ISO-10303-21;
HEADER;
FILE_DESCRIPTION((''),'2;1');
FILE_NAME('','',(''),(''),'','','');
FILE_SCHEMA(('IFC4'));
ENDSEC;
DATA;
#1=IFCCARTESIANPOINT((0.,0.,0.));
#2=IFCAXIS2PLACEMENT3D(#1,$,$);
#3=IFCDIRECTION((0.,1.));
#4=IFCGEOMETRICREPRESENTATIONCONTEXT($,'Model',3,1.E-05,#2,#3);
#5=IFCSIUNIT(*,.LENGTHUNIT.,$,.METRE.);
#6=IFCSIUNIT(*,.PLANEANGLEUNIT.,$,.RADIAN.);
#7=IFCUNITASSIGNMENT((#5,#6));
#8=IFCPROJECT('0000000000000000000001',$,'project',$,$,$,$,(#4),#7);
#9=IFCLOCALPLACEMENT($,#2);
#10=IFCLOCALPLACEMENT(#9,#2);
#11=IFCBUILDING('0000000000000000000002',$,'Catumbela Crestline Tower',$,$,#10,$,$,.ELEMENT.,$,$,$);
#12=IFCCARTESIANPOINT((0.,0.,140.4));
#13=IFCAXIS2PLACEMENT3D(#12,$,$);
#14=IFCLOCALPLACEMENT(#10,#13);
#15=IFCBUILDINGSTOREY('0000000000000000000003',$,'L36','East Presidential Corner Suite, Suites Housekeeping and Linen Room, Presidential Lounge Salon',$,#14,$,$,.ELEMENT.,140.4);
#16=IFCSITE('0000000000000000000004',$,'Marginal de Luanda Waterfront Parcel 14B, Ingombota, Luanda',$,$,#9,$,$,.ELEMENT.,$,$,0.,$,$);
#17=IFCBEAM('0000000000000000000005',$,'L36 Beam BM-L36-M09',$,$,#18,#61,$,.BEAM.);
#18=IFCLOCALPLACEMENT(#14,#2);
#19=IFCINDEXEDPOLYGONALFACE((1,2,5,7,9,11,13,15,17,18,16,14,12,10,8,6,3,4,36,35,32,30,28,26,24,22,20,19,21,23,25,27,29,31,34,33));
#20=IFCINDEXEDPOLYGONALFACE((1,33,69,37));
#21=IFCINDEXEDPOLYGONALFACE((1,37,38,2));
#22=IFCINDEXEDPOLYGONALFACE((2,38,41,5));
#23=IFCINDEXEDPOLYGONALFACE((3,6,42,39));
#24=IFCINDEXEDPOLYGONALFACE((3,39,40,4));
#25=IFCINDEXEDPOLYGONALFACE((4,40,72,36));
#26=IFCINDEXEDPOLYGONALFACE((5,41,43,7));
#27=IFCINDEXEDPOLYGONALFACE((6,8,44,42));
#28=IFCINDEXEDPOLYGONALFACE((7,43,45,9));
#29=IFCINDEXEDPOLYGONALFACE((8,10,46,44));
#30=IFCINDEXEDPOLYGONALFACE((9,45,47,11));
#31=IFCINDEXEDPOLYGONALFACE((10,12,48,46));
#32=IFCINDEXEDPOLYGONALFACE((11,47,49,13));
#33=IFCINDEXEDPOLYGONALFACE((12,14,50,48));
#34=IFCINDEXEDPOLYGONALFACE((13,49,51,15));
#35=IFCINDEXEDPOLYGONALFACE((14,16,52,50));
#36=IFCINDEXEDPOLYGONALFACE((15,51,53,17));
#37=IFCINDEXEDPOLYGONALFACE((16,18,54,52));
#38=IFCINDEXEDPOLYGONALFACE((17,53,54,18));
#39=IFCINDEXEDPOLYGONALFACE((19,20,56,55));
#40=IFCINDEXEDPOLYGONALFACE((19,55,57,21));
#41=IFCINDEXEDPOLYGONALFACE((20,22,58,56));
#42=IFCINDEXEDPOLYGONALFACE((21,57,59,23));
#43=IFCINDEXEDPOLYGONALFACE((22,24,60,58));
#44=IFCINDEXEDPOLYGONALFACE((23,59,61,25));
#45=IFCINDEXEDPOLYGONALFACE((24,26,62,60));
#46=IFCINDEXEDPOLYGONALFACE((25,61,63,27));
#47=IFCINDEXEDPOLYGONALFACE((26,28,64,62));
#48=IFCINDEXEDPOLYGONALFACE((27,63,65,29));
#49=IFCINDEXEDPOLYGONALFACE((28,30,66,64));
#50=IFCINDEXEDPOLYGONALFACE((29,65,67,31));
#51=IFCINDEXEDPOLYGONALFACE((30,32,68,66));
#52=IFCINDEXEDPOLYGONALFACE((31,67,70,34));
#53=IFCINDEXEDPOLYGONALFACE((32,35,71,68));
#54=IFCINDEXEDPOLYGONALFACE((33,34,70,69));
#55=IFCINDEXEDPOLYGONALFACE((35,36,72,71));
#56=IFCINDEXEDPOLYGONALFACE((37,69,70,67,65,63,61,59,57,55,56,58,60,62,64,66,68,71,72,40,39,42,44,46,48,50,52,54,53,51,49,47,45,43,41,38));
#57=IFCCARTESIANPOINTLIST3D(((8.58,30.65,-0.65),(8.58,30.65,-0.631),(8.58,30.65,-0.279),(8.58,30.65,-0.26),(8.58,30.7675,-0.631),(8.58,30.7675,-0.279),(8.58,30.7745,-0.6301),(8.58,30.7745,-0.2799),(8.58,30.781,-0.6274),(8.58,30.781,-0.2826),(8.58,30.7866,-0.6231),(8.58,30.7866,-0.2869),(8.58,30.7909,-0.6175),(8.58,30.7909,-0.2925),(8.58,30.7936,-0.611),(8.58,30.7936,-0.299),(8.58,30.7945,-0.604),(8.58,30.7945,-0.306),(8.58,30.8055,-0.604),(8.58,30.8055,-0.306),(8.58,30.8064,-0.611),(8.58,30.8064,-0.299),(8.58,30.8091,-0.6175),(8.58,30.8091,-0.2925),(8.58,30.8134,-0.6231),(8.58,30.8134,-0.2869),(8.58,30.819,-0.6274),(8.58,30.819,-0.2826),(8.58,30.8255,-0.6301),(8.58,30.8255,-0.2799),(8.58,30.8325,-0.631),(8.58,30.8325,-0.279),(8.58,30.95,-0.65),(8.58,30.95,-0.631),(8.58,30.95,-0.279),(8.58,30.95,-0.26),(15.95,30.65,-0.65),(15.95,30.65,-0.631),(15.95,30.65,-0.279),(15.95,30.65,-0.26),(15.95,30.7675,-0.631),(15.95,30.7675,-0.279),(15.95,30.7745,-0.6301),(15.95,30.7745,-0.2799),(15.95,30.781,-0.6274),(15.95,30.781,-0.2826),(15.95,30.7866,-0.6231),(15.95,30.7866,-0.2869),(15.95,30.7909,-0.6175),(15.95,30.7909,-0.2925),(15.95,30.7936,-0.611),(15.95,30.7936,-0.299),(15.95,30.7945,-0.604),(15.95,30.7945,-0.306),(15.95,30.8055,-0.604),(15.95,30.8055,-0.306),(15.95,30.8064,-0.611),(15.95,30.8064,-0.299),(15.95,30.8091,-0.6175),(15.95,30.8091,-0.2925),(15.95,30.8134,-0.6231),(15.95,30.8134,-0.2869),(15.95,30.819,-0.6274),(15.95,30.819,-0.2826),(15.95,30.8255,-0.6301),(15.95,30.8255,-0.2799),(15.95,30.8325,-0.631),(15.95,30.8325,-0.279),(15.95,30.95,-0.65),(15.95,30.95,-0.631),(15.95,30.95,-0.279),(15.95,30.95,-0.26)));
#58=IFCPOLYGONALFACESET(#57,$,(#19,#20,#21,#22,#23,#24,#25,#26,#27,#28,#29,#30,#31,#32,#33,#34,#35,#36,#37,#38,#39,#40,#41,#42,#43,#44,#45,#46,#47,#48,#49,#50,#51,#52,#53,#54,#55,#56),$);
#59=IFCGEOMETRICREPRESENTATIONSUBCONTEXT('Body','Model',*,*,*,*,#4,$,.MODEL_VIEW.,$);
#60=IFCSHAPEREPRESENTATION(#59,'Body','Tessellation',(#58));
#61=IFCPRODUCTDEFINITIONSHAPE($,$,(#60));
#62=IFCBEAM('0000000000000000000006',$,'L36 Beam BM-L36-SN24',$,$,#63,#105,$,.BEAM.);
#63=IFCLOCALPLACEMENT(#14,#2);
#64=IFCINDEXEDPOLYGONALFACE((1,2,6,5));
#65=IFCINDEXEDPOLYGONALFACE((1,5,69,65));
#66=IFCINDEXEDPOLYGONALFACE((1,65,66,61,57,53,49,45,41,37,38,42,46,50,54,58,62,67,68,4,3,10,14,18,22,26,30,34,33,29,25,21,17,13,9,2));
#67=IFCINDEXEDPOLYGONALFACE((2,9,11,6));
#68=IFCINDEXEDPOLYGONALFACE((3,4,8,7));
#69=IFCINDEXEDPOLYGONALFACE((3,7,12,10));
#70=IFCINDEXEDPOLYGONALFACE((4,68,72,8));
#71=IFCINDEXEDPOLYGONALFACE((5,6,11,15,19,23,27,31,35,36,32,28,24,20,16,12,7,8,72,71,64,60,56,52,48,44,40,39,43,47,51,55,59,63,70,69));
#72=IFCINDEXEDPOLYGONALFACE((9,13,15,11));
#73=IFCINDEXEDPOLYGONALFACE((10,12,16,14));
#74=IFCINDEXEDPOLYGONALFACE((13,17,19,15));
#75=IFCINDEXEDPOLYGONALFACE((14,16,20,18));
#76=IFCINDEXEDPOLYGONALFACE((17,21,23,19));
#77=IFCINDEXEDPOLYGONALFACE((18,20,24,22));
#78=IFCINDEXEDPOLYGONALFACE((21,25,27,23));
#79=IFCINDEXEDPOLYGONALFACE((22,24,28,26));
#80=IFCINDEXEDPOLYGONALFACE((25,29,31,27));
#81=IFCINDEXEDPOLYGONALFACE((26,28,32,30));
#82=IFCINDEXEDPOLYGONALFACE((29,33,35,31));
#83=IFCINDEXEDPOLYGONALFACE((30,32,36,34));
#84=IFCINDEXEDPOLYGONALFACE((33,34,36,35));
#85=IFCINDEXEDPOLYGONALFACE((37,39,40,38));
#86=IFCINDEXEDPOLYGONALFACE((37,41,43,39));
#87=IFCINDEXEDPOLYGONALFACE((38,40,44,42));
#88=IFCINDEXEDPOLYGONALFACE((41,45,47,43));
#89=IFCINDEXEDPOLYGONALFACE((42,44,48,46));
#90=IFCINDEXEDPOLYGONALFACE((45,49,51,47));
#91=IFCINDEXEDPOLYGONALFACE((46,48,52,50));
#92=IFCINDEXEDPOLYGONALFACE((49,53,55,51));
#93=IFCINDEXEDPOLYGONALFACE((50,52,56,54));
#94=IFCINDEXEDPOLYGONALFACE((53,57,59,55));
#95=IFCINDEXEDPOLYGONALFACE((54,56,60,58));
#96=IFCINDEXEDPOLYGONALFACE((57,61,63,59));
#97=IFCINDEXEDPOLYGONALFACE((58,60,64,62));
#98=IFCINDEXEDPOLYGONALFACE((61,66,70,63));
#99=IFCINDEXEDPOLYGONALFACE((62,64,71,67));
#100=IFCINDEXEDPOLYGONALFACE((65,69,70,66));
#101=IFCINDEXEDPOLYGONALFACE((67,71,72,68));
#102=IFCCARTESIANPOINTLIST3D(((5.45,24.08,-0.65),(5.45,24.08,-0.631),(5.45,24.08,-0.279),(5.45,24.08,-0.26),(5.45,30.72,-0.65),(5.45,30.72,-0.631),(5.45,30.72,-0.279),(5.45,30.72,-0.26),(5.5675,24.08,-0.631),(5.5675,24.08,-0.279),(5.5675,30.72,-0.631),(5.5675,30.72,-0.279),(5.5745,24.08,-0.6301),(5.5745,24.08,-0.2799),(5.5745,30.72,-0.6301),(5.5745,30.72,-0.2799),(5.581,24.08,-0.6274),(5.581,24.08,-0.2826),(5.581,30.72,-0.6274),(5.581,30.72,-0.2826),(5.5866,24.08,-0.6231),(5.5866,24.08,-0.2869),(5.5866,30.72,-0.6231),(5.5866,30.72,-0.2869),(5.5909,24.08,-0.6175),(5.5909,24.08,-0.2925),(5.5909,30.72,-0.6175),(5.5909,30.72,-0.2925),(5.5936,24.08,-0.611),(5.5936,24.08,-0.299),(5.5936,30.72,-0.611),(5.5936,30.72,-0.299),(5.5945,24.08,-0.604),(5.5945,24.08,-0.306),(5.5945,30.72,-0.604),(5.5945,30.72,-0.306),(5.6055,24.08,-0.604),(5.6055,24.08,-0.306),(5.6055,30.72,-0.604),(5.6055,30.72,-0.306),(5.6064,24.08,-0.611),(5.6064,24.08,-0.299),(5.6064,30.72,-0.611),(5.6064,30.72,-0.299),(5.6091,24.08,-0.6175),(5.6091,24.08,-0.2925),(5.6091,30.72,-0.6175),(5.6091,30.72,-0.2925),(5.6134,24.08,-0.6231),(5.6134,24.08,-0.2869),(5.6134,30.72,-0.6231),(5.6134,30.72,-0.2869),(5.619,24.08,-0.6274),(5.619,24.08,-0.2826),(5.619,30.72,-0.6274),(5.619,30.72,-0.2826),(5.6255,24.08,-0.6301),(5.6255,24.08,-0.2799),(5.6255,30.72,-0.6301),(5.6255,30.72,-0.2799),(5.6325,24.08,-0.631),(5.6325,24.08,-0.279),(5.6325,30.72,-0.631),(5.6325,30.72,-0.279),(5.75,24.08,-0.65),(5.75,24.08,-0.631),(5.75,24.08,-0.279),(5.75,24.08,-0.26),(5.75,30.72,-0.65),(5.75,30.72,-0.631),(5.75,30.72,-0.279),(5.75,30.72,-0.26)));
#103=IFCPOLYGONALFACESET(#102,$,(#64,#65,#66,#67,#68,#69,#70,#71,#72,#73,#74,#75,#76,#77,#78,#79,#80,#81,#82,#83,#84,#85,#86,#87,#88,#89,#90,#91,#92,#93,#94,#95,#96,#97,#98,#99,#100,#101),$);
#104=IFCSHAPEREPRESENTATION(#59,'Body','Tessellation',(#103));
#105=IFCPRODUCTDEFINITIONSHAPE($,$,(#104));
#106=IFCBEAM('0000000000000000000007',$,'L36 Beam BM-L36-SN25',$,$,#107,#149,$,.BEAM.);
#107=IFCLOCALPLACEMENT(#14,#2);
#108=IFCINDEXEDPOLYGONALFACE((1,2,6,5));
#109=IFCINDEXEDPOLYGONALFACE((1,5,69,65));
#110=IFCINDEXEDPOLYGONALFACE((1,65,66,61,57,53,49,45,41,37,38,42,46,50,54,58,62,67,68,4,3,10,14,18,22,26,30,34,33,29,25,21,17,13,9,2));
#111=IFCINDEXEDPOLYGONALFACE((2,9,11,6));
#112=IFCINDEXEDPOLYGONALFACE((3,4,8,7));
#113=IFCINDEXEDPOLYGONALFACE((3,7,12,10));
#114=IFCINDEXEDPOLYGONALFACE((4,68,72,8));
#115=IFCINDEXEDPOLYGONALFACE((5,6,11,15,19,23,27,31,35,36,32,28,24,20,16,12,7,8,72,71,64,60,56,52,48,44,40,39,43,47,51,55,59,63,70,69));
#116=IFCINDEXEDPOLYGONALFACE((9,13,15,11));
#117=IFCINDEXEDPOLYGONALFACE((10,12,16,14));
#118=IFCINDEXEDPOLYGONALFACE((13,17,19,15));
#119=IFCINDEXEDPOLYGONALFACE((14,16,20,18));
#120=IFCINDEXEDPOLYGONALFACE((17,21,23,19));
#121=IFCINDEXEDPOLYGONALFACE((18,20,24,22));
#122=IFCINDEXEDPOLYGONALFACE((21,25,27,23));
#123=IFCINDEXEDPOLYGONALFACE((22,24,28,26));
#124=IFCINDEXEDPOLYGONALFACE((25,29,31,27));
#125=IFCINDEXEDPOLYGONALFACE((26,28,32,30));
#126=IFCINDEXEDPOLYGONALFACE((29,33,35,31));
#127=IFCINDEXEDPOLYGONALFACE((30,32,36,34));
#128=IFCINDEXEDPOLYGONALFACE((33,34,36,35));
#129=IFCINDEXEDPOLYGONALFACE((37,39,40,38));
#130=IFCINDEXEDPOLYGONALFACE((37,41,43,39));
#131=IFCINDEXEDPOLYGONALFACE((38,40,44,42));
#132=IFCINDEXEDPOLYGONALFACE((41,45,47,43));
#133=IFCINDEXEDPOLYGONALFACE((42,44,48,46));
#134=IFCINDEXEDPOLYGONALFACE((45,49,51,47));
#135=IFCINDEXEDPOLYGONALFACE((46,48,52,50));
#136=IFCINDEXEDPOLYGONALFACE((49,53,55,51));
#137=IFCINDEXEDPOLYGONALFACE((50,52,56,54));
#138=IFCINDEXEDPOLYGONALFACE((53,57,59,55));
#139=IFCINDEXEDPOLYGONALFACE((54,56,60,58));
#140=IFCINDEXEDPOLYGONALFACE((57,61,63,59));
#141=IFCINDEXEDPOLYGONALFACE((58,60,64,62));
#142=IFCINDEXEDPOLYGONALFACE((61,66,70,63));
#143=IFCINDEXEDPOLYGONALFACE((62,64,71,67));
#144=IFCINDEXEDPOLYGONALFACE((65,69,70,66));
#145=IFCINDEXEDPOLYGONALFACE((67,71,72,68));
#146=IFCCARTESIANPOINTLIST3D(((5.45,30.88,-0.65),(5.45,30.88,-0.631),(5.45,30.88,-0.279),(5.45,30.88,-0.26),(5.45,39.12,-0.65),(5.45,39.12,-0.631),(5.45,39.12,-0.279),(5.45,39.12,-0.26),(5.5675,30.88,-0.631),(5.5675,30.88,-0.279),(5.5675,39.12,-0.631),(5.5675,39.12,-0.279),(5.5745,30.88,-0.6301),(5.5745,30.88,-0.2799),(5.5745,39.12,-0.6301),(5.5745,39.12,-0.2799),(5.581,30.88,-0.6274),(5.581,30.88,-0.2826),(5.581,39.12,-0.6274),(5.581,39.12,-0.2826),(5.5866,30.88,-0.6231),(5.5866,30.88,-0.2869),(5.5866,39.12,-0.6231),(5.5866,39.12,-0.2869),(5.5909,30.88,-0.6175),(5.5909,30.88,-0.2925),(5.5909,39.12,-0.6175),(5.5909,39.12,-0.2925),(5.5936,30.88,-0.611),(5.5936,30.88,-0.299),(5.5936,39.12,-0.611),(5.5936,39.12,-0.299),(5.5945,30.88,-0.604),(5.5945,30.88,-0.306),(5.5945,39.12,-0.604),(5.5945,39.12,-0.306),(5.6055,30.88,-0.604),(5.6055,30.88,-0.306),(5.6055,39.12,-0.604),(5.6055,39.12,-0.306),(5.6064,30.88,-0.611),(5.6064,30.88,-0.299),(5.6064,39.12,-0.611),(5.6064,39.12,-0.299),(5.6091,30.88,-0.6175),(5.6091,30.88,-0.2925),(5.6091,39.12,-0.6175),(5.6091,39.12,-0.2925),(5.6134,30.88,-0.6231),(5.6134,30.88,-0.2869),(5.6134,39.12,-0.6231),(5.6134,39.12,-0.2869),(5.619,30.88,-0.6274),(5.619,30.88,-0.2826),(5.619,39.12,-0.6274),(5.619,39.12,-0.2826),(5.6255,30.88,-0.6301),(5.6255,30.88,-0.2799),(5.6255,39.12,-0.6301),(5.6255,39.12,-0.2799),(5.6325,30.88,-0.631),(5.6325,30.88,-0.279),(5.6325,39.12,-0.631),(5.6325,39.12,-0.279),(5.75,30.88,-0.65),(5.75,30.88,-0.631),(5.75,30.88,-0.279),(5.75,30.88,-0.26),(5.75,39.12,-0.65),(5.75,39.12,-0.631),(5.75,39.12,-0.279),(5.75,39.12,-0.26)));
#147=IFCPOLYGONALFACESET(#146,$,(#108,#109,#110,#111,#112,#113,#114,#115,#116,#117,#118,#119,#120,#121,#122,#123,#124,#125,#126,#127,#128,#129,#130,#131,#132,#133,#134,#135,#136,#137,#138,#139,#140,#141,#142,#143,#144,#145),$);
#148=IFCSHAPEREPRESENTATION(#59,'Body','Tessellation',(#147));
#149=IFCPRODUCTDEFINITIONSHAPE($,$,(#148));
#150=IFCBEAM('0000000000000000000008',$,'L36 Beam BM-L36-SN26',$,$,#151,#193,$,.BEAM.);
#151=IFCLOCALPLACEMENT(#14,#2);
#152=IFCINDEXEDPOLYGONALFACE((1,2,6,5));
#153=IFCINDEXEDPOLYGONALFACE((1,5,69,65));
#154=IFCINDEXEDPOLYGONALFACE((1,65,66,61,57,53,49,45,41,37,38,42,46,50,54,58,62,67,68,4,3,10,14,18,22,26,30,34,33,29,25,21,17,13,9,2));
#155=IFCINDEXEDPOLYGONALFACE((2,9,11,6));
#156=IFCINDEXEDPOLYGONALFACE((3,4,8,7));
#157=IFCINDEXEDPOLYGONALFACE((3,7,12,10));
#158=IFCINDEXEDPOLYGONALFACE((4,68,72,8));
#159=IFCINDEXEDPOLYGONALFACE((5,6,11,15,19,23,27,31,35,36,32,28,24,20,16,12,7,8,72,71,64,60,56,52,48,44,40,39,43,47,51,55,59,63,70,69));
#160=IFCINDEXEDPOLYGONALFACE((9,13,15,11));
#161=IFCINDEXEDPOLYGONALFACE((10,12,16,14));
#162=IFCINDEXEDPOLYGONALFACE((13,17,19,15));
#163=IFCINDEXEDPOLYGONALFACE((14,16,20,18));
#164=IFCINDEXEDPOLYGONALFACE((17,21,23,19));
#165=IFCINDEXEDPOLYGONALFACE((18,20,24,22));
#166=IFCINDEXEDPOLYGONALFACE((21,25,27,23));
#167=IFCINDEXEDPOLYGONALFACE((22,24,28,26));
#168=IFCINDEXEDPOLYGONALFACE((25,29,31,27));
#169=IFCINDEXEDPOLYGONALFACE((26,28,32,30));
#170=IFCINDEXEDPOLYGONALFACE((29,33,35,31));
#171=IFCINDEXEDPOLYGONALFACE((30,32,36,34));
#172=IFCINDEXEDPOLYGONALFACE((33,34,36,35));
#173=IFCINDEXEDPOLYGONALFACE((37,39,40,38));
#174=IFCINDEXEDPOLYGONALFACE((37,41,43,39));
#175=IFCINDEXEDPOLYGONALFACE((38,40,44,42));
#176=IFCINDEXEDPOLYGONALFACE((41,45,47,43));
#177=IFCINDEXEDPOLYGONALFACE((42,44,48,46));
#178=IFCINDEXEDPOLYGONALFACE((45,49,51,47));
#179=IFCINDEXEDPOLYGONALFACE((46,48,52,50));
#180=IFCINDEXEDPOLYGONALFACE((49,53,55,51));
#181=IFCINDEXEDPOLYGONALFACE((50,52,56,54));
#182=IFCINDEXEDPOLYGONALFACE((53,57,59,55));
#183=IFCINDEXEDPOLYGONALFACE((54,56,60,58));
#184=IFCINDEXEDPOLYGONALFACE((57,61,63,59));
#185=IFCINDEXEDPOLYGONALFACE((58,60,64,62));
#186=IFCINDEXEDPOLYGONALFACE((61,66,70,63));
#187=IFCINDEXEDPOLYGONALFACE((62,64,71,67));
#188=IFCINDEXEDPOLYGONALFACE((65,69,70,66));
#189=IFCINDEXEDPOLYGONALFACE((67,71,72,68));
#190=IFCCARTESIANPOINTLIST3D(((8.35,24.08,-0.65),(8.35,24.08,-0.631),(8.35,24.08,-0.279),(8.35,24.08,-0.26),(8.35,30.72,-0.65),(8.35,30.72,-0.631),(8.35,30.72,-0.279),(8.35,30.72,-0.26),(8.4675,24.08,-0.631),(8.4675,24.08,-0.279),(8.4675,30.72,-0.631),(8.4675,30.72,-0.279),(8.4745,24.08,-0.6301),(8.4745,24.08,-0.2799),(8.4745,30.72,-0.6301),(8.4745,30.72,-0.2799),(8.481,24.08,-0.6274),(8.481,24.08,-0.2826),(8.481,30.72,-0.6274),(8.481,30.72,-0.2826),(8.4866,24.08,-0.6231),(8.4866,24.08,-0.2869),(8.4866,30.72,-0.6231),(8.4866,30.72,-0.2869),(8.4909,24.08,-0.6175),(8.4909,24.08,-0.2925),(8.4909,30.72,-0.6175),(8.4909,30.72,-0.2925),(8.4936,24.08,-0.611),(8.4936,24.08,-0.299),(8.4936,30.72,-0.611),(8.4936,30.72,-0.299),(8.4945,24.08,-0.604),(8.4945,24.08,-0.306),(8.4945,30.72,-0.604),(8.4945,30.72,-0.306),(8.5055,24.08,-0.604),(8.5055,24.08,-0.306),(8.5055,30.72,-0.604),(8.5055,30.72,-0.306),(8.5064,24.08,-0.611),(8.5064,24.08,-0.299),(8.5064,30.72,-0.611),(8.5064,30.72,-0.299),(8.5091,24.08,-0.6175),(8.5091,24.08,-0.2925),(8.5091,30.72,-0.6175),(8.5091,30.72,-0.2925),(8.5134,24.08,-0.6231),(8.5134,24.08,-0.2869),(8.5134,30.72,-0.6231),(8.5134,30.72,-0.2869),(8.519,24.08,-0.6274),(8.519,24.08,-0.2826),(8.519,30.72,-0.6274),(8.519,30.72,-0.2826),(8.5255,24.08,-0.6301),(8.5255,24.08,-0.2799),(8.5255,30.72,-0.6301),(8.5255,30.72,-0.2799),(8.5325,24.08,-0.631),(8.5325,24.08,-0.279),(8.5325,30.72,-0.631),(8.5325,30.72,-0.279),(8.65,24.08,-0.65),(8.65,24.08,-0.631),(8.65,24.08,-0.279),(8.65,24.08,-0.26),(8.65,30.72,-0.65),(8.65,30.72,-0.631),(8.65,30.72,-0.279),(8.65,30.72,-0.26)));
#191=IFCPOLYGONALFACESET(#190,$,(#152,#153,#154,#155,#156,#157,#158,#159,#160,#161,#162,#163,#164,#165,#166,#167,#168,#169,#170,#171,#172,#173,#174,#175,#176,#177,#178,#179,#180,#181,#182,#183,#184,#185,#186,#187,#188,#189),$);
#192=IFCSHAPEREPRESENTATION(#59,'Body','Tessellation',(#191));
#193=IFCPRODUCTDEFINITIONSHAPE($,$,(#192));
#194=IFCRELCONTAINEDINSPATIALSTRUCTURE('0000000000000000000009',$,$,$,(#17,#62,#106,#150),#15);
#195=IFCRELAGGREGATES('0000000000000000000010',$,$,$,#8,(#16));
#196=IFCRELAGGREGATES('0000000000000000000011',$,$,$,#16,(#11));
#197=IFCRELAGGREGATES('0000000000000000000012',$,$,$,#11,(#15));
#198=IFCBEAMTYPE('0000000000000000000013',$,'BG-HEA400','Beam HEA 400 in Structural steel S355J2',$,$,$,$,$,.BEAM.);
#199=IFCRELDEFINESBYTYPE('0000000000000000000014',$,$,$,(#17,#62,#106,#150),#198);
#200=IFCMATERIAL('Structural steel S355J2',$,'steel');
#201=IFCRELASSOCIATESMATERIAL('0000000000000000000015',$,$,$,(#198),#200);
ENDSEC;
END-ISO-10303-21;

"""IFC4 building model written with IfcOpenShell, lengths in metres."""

from ifc_helpers import new_model, si_unit, direction, frame, origin, origin_2d, place, context, subcontext, project, spatial, i_section, extrude, material, material_profile, profile_set, type_object, element, save


model = new_model("IFC4")

# Units and contexts
model_context = context("Model", 3, precision=1e-05, world=origin(), true_north=direction((0.0, 1.0)))
body_context = subcontext(model_context, "Body", "Model", "MODEL_VIEW")
ifc_project = project(units=[si_unit("LENGTHUNIT", "METRE"), si_unit("PLANEANGLEUNIT", "RADIAN")], contexts=[model_context])

# Site, building, storey
site_placement = place(None, origin())
site = spatial("IfcSite", under=ifc_project, at=site_placement, Name="Marginal de Luanda Waterfront Parcel 14B, Ingombota, Luanda", CompositionType="ELEMENT", RefElevation=0.0)
building_placement = place(site_placement, origin())
building = spatial("IfcBuilding", under=site, at=building_placement, Name="Catumbela Crestline Tower", CompositionType="ELEMENT")
storey_placement = place(building_placement, frame((0.0, 0.0, 140.4)))
storey = spatial("IfcBuildingStorey", under=building, at=storey_placement, Name="L36", Description="East Presidential Corner Suite, Suites Housekeeping and Linen Room, Presidential Lounge Salon", CompositionType="ELEMENT", Elevation=140.4)

# Beams
ifc_material_1 = material(Name="Structural steel S355J2", Category="steel")
ifc_material_profile_1 = material_profile(ifc_material_1, i_section(OverallWidth=0.3, OverallDepth=0.39, WebThickness=0.011, FlangeThickness=0.019, FilletRadius=0.027, at=origin_2d()), Name="HEA 400")
ifc_profile_set_1 = profile_set([ifc_material_profile_1], Name="Structural steel S355J2")
beam_type = type_object("IfcBeamType", Name="BG-HEA400", Description="Beam HEA 400 in Structural steel S355J2", PredefinedType="BEAM", material=ifc_profile_set_1)
beam_1_placement = place(storey_placement, frame((8.58, 30.8, -0.455), z_axis=(1.0, 0.0, 0.0), x_axis=(0.0, 1.0, 0.0)))
element("IfcBeam", 1, at=beam_1_placement, inside=storey, type_object=beam_type, Name="L36 Beam BM-L36-M09", PredefinedType="BEAM", context=body_context, shape_type="SweptSolid", body=[
    extrude(i_section(OverallWidth=0.3, OverallDepth=0.39, WebThickness=0.011, FlangeThickness=0.019, FilletRadius=0.027, at=origin_2d()), origin(), (0.0, 0.0, 1.0), 7.37),
])
beam_2_placement = place(storey_placement, frame((5.6, 24.08, -0.455), z_axis=(0.0, 1.0, 0.0), x_axis=(-1.0, 0.0, 0.0)))
element("IfcBeam", 2, at=beam_2_placement, inside=storey, type_object=beam_type, Name="L36 Beam BM-L36-SN24", PredefinedType="BEAM", context=body_context, shape_type="SweptSolid", body=[
    extrude(i_section(OverallWidth=0.3, OverallDepth=0.39, WebThickness=0.011, FlangeThickness=0.019, FilletRadius=0.027, at=origin_2d()), origin(), (0.0, 0.0, 1.0), 6.64),
])
beam_3_placement = place(storey_placement, frame((5.6, 30.88, -0.455), z_axis=(0.0, 1.0, 0.0), x_axis=(-1.0, 0.0, 0.0)))
element("IfcBeam", 3, at=beam_3_placement, inside=storey, type_object=beam_type, Name="L36 Beam BM-L36-SN25", PredefinedType="BEAM", context=body_context, shape_type="SweptSolid", body=[
    extrude(i_section(OverallWidth=0.3, OverallDepth=0.39, WebThickness=0.011, FlangeThickness=0.019, FilletRadius=0.027, at=origin_2d()), origin(), (0.0, 0.0, 1.0), 8.24),
])
beam_4_placement = place(storey_placement, frame((8.5, 24.08, -0.455), z_axis=(0.0, 1.0, 0.0), x_axis=(-1.0, 0.0, 0.0)))
element("IfcBeam", 4, at=beam_4_placement, inside=storey, type_object=beam_type, Name="L36 Beam BM-L36-SN26", PredefinedType="BEAM", context=body_context, shape_type="SweptSolid", body=[
    extrude(i_section(OverallWidth=0.3, OverallDepth=0.39, WebThickness=0.011, FlangeThickness=0.019, FilletRadius=0.027, at=origin_2d()), origin(), (0.0, 0.0, 1.0), 6.64),
])

save(model, "model.ifc")
